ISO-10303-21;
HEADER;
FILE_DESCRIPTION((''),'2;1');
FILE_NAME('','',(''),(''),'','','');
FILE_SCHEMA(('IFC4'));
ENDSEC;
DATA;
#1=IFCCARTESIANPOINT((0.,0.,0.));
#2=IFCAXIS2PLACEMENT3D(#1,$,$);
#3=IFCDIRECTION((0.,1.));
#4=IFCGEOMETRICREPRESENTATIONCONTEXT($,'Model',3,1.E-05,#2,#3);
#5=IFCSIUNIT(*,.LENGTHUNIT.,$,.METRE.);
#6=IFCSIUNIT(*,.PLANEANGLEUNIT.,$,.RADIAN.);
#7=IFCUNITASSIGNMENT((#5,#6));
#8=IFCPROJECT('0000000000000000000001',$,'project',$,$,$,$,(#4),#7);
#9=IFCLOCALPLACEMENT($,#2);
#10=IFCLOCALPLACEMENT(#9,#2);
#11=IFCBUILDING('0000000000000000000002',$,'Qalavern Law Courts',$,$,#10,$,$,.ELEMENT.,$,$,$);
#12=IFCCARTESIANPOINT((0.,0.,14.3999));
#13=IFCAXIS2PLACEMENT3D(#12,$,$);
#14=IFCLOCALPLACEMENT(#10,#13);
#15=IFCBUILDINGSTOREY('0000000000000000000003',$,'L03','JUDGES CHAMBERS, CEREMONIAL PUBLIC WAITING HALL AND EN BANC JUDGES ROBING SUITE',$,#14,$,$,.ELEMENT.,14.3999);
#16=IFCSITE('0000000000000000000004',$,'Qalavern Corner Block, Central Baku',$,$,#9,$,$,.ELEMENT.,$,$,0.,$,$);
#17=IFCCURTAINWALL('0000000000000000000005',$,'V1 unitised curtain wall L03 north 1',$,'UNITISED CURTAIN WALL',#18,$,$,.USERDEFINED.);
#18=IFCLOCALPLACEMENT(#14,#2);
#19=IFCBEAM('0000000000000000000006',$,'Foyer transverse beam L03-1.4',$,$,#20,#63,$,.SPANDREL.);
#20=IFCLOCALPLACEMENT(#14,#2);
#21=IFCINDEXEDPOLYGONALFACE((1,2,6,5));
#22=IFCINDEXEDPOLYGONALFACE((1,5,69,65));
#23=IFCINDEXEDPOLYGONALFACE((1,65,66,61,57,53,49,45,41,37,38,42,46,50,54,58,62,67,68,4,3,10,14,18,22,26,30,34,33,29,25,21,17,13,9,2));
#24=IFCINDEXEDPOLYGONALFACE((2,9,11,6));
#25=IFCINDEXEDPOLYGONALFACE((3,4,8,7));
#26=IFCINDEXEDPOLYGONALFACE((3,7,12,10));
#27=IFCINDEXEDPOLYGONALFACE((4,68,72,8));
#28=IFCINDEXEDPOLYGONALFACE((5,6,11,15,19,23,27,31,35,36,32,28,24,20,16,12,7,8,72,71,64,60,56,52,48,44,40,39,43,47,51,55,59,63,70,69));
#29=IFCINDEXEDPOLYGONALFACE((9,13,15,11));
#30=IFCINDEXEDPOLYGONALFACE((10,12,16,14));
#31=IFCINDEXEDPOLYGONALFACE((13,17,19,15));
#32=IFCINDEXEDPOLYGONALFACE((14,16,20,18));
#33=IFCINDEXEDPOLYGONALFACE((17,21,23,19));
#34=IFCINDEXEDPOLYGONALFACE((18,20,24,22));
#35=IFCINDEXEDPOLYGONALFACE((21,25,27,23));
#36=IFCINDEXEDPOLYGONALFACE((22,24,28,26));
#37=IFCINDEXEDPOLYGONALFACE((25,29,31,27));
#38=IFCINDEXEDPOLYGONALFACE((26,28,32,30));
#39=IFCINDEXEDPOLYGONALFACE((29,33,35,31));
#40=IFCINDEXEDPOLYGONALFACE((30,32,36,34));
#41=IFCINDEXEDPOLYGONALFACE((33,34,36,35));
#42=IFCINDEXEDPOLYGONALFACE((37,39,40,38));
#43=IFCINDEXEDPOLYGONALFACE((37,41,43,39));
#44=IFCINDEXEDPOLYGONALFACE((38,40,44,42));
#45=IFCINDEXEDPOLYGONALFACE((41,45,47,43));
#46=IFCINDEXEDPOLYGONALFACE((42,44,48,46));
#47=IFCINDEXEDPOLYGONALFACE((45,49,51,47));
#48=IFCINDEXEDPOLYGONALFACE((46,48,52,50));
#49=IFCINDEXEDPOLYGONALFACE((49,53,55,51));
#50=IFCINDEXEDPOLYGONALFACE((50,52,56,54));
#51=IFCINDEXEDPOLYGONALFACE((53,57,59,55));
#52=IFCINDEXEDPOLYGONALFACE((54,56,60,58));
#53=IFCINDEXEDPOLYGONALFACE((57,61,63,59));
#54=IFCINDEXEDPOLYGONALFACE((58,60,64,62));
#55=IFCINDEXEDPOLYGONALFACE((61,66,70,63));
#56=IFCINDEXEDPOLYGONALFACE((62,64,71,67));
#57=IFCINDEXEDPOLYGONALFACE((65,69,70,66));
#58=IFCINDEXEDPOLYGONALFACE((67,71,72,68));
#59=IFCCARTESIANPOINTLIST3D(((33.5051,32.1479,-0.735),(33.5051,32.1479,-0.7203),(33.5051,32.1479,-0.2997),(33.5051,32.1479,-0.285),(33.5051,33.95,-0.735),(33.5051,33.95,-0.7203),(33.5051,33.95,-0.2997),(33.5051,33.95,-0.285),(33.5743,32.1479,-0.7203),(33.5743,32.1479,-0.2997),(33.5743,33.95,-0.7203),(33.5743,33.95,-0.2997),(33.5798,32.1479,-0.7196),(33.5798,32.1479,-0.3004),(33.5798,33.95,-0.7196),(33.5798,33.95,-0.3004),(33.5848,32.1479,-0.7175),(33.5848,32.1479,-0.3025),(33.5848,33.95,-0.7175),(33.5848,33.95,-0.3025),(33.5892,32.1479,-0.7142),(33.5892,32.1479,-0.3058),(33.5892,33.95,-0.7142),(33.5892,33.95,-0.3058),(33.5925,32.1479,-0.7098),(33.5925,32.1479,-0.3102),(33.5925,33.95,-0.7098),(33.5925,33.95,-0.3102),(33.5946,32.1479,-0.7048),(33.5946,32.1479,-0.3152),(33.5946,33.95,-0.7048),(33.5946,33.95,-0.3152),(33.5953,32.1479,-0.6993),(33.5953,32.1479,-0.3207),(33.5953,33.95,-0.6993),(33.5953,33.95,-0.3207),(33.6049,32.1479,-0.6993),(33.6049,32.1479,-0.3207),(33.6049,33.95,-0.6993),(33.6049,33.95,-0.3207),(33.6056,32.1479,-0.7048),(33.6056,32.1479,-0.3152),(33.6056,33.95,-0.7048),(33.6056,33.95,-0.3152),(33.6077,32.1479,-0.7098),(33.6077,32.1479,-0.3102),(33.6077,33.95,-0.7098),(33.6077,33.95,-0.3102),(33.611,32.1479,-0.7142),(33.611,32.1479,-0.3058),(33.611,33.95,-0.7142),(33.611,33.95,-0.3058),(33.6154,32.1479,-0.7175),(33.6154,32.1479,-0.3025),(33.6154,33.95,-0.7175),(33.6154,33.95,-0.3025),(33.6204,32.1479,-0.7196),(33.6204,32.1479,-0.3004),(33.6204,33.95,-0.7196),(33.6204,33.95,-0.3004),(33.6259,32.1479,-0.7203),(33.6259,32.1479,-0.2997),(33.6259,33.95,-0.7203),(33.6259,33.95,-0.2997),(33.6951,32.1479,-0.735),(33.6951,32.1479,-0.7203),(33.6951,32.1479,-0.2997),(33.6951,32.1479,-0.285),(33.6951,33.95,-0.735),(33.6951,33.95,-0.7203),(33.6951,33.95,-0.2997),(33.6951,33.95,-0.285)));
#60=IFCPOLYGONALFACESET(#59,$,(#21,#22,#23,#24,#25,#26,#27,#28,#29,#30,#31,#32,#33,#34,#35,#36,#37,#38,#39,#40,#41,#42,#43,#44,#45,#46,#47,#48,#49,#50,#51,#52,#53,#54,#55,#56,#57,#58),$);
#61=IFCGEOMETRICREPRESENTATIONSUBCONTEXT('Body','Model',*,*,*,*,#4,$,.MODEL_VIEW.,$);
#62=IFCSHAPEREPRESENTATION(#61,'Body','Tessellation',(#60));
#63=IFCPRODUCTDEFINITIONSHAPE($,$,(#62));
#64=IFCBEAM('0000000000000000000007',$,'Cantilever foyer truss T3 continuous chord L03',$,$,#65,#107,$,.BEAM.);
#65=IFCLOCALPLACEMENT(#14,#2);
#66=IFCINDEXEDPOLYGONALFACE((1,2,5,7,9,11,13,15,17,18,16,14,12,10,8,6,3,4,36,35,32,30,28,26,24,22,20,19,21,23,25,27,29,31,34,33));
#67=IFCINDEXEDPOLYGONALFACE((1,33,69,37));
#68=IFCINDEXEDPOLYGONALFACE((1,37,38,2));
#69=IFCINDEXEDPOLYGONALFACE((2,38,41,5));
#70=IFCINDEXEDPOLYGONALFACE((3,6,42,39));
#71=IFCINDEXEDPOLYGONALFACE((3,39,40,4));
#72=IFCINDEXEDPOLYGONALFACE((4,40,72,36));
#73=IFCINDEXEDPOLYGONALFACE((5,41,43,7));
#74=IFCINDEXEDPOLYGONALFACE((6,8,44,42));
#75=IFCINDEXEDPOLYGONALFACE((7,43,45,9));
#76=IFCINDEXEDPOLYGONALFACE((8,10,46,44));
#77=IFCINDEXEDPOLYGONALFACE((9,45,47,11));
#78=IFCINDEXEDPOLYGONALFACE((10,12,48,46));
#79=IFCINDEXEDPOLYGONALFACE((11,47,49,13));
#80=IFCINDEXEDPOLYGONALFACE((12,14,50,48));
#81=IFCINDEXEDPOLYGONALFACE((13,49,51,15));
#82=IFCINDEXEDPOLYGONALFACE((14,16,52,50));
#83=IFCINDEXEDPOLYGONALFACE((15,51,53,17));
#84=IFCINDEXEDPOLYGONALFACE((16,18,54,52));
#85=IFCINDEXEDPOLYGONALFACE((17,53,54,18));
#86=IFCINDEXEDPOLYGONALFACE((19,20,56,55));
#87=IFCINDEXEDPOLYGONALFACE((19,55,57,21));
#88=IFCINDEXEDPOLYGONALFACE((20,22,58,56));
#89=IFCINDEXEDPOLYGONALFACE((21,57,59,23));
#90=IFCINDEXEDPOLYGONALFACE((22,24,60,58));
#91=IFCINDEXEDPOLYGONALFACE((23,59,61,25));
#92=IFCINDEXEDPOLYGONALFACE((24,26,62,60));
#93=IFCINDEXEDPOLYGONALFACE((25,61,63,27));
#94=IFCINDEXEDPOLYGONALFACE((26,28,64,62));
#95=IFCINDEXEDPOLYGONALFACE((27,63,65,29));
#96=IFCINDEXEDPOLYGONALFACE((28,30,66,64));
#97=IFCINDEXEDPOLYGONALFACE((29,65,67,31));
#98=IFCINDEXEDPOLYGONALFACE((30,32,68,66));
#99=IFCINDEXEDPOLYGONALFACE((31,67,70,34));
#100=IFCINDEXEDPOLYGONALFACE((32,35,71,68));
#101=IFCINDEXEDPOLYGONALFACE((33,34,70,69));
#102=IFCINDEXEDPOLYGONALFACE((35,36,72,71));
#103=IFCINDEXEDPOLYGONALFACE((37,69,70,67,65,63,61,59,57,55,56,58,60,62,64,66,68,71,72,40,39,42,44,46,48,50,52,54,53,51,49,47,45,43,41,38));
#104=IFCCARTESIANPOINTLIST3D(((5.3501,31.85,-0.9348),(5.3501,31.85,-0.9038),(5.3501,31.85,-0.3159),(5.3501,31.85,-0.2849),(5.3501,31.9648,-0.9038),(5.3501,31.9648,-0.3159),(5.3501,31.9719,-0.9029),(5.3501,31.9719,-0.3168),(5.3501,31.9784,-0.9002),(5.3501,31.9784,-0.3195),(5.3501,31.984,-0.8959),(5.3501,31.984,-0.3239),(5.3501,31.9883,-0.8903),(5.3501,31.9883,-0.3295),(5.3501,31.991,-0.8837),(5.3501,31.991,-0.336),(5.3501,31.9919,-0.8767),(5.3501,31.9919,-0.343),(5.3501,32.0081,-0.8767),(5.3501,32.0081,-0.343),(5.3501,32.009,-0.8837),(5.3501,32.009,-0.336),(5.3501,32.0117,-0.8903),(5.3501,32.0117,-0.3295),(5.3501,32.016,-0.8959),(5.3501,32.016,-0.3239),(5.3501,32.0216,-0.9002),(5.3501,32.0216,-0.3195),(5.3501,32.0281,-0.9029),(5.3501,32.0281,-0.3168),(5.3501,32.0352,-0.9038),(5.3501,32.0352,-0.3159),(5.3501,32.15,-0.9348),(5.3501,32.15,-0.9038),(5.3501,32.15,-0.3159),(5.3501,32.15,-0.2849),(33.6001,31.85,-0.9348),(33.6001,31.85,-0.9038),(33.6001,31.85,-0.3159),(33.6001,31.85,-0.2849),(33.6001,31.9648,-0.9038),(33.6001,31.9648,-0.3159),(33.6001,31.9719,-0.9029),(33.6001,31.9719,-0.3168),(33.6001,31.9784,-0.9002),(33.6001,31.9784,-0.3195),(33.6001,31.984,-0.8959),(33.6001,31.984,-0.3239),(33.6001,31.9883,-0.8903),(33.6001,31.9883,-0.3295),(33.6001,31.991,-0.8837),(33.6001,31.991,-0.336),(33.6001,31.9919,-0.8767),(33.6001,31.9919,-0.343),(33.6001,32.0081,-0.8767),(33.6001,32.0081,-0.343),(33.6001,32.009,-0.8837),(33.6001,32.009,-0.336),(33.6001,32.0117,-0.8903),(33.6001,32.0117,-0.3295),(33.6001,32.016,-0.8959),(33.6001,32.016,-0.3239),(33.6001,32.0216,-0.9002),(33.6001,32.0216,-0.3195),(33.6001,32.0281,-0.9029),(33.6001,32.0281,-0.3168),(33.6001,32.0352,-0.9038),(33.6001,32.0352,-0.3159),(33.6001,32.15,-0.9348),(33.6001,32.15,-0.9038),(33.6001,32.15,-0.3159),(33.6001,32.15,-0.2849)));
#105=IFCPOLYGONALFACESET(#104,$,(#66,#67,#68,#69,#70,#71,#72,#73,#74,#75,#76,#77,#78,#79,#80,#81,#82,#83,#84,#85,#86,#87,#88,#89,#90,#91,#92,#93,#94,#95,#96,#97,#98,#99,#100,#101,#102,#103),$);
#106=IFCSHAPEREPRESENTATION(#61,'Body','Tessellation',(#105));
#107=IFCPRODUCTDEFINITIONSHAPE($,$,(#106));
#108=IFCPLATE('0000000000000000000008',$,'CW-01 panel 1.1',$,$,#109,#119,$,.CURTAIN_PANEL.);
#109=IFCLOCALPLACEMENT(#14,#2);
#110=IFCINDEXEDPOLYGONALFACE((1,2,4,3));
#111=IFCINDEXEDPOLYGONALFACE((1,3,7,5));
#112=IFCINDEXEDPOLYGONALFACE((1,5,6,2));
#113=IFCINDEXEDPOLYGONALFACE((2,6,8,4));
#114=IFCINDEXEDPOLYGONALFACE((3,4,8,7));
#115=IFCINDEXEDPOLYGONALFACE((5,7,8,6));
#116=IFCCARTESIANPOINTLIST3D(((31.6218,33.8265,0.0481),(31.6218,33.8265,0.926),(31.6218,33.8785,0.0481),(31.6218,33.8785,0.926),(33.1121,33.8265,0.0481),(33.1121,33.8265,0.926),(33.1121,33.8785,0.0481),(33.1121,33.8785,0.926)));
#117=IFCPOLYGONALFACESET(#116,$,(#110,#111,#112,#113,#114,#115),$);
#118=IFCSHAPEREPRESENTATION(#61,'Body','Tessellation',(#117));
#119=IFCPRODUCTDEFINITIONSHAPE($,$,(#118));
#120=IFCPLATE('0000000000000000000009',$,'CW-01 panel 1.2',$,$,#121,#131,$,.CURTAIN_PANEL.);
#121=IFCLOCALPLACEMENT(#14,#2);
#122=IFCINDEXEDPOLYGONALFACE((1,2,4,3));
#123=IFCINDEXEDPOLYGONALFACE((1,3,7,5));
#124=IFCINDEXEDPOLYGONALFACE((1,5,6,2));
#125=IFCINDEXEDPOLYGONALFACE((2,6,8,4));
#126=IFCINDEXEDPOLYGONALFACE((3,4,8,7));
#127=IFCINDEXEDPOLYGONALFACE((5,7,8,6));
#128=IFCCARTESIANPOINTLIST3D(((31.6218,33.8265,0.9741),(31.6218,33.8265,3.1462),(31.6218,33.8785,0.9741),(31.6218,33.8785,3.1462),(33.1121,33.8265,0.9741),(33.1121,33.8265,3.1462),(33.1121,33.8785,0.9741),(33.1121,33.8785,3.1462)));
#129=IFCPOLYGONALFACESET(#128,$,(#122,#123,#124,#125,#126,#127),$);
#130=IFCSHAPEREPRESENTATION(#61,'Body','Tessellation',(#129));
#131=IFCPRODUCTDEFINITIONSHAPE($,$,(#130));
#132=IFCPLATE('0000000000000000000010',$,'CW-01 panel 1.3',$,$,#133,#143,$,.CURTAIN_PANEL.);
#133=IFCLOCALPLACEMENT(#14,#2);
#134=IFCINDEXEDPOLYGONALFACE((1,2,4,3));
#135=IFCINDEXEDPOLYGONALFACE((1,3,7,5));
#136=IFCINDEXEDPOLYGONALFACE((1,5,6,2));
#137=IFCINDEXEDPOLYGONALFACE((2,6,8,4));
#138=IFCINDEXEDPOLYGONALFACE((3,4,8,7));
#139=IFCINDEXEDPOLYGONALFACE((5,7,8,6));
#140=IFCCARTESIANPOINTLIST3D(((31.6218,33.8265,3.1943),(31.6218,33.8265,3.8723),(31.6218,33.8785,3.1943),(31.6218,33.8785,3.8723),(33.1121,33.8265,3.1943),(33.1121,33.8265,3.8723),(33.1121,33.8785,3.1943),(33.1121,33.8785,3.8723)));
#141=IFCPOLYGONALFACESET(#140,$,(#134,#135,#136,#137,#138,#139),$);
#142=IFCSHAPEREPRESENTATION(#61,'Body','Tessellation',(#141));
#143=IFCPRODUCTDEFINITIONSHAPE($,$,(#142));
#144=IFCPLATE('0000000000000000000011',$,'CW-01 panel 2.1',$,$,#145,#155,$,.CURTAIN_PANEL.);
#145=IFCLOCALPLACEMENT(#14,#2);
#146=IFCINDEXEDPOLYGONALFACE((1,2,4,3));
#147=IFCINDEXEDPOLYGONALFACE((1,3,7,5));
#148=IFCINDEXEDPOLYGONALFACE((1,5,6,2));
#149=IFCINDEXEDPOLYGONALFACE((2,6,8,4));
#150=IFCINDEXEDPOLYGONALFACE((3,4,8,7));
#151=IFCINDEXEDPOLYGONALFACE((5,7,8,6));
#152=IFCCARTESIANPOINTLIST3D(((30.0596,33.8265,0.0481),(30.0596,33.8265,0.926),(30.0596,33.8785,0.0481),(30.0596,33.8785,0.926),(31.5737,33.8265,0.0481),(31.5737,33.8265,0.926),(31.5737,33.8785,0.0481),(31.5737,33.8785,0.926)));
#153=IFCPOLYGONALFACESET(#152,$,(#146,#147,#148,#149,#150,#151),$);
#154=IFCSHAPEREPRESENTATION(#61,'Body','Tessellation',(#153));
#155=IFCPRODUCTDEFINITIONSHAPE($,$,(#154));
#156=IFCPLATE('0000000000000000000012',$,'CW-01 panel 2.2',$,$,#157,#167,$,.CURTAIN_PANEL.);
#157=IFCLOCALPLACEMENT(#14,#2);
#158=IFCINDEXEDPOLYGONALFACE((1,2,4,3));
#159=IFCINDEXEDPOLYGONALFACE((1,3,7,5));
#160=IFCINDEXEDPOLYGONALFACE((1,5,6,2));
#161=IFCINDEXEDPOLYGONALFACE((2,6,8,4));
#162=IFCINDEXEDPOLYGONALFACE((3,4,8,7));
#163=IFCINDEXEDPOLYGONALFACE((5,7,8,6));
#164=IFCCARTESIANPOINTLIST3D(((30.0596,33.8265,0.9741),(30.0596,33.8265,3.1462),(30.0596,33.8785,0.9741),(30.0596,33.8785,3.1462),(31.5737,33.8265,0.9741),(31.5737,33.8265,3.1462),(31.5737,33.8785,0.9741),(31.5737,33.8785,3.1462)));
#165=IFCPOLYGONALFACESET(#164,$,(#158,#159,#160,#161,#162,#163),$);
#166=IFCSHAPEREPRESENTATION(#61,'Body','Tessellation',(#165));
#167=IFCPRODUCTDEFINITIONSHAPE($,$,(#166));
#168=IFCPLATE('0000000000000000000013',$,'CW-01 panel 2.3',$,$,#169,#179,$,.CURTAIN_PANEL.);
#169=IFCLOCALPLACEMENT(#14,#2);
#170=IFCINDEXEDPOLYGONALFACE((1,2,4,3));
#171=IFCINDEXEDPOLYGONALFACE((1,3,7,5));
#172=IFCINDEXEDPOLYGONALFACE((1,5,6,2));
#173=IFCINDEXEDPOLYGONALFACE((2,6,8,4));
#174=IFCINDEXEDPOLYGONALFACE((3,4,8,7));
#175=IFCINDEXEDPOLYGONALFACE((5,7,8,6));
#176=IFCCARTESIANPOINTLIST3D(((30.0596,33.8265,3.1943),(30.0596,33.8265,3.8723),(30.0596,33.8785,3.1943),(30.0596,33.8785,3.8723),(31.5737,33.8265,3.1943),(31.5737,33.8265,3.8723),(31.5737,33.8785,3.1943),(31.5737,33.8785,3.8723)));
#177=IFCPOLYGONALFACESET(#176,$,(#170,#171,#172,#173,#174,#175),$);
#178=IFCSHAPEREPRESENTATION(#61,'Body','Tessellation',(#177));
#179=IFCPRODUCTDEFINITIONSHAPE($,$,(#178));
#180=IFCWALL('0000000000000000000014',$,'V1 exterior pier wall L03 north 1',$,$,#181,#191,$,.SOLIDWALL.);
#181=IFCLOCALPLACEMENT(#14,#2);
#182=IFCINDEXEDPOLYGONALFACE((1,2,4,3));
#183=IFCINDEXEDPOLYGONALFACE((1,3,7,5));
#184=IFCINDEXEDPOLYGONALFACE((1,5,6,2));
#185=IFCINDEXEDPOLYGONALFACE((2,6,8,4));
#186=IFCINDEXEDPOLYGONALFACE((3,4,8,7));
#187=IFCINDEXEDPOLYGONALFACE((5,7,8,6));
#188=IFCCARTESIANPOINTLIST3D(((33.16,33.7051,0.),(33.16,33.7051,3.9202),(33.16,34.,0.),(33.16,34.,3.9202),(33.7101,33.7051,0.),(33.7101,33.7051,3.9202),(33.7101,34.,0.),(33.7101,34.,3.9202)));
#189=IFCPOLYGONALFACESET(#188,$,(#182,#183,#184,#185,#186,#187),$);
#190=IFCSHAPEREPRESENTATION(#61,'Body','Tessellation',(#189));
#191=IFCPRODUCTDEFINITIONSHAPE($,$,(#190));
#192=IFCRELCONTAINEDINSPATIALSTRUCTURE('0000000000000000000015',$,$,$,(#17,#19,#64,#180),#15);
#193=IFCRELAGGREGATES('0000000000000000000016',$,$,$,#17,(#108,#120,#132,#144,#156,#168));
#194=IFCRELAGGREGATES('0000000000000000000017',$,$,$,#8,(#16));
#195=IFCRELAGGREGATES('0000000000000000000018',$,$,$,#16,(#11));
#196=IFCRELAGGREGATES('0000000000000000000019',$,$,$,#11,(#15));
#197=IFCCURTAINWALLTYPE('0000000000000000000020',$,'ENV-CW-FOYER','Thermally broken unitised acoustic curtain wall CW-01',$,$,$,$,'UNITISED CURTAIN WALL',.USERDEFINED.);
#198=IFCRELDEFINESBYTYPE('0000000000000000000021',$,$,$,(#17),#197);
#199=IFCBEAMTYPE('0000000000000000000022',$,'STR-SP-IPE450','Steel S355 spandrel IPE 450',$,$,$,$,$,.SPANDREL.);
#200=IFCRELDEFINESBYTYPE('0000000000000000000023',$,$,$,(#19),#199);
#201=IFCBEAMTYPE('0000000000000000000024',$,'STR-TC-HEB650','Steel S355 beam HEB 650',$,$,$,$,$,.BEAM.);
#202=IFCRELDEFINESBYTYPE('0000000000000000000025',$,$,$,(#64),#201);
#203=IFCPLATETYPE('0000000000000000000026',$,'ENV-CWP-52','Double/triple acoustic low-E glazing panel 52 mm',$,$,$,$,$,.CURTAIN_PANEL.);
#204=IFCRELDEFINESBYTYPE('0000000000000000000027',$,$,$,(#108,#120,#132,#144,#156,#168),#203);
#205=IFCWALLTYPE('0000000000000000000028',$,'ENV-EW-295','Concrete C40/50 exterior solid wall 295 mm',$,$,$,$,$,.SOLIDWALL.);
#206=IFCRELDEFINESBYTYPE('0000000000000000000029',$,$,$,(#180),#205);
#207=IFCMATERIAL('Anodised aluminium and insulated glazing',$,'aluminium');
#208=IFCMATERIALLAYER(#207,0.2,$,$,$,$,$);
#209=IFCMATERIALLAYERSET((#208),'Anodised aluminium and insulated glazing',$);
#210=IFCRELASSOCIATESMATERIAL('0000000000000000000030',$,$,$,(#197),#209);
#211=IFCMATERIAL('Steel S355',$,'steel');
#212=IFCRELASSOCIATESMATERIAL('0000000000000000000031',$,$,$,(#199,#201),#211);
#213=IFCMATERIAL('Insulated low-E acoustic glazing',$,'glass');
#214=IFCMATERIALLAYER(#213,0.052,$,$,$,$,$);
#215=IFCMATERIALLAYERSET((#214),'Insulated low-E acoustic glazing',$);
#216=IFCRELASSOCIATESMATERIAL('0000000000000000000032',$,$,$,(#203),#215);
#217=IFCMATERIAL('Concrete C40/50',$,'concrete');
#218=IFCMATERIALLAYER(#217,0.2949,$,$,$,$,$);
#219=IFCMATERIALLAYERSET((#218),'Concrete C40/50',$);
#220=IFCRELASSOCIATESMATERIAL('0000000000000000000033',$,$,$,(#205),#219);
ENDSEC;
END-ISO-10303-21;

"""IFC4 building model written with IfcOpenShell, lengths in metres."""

from ifc_helpers import new_model, si_unit, direction, frame, frame_2d, origin, origin_2d, place, context, subcontext, project, spatial, rectangle, i_section, extrude, material, layer, layer_set, material_profile, profile_set, type_object, element, aggregate, save


model = new_model("IFC4")

# Units and contexts
model_context = context("Model", 3, precision=1e-05, world=origin(), true_north=direction((0.0, 1.0)))
body_context = subcontext(model_context, "Body", "Model", "MODEL_VIEW")
ifc_project = project(units=[si_unit("LENGTHUNIT", "METRE"), si_unit("PLANEANGLEUNIT", "RADIAN")], contexts=[model_context])

# Site, building, storey
site_placement = place(None, origin())
site = spatial("IfcSite", under=ifc_project, at=site_placement, Name="Qalavern Corner Block, Central Baku", CompositionType="ELEMENT", RefElevation=0.0)
building_placement = place(site_placement, origin())
building = spatial("IfcBuilding", under=site, at=building_placement, Name="Qalavern Law Courts", CompositionType="ELEMENT")
storey_placement = place(building_placement, frame((0.0, 0.0, 14.3999)))
storey = spatial("IfcBuildingStorey", under=building, at=storey_placement, Name="L03", Description="JUDGES CHAMBERS, CEREMONIAL PUBLIC WAITING HALL AND EN BANC JUDGES ROBING SUITE", CompositionType="ELEMENT", Elevation=14.3999)

# Curtain wall
ifc_material_1 = material(Name="Anodised aluminium and insulated glazing", Category="aluminium")
ifc_layer_1 = layer(ifc_material_1, 0.2)
ifc_layer_set_1 = layer_set([ifc_layer_1], Name="Anodised aluminium and insulated glazing")
curtain_wall_type = type_object("IfcCurtainWallType", Name="ENV-CW-FOYER", Description="Thermally broken unitised acoustic curtain wall CW-01", ElementType="UNITISED CURTAIN WALL", PredefinedType="USERDEFINED", material=ifc_layer_set_1)
curtain_wall_placement = place(storey_placement, origin())
curtain_wall = element("IfcCurtainWall", 1, at=curtain_wall_placement, inside=storey, type_object=curtain_wall_type, Name="V1 unitised curtain wall L03 north 1", ObjectType="UNITISED CURTAIN WALL", PredefinedType="USERDEFINED")

# Shared definitions
ifc_material_2 = material(Name="Steel S355", Category="steel")

# Beams
ifc_material_profile_1 = material_profile(ifc_material_2, i_section(OverallWidth=0.1899, OverallDepth=0.45, WebThickness=0.0095, FlangeThickness=0.0146, FilletRadius=0.021, at=origin_2d()), Name="IPE 450")
ifc_profile_set_1 = profile_set([ifc_material_profile_1], Name="Steel S355")
beam_type_1 = type_object("IfcBeamType", Name="STR-SP-IPE450", Description="Steel S355 spandrel IPE 450", PredefinedType="SPANDREL", material=ifc_profile_set_1)
beam_1_placement = place(storey_placement, frame((33.6001, 32.1479, -0.51), z_axis=(0.0, 1.0, 0.0), x_axis=(-1.0, 0.0, 0.0)))
element("IfcBeam", 2, at=beam_1_placement, inside=storey, type_object=beam_type_1, Name="Foyer transverse beam L03-1.4", PredefinedType="SPANDREL", context=body_context, shape_type="SweptSolid", body=[
    extrude(i_section(OverallWidth=0.1899, OverallDepth=0.45, WebThickness=0.0095, FlangeThickness=0.0146, FilletRadius=0.021, at=origin_2d()), origin(), (0.0, 0.0, 1.0), 1.802),
])
ifc_material_profile_2 = material_profile(ifc_material_2, i_section(OverallWidth=0.3, OverallDepth=0.6499, WebThickness=0.0161, FlangeThickness=0.031, FilletRadius=0.0271, at=origin_2d()), Name="HEB 650")
ifc_profile_set_2 = profile_set([ifc_material_profile_2], Name="Steel S355")
beam_type_2 = type_object("IfcBeamType", Name="STR-TC-HEB650", Description="Steel S355 beam HEB 650", PredefinedType="BEAM", material=ifc_profile_set_2)
beam_2_placement = place(storey_placement, frame((33.6001, 32.0, -0.6099), z_axis=(-1.0, 0.0, 0.0), x_axis=(0.0, -1.0, 0.0)))
element("IfcBeam", 3, at=beam_2_placement, inside=storey, type_object=beam_type_2, Name="Cantilever foyer truss T3 continuous chord L03", PredefinedType="BEAM", context=body_context, shape_type="SweptSolid", body=[
    extrude(i_section(OverallWidth=0.3, OverallDepth=0.6499, WebThickness=0.0161, FlangeThickness=0.031, FilletRadius=0.0271, at=origin_2d()), origin(), (0.0, 0.0, 1.0), 28.25),
])

# Plates
ifc_material_3 = material(Name="Insulated low-E acoustic glazing", Category="glass")
ifc_layer_2 = layer(ifc_material_3, 0.052)
ifc_layer_set_2 = layer_set([ifc_layer_2], Name="Insulated low-E acoustic glazing")
plate_type = type_object("IfcPlateType", Name="ENV-CWP-52", Description="Double/triple acoustic low-E glazing panel 52 mm", PredefinedType="CURTAIN_PANEL", material=ifc_layer_set_2)
plate_1_placement = place(storey_placement, frame((32.3669, 33.8525, 0.0481), z_axis=(0.0, 0.0, 1.0), x_axis=(-1.0, 0.0, 0.0)))
plate_1 = element("IfcPlate", 4, at=plate_1_placement, type_object=plate_type, Name="CW-01 panel 1.1", PredefinedType="CURTAIN_PANEL", context=body_context, shape_type="SweptSolid", body=[
    extrude(rectangle(XDim=1.4902, YDim=0.052, at=origin_2d()), origin(), (0.0, 0.0, 1.0), 0.8779),
])
plate_2_placement = place(storey_placement, frame((32.3669, 33.8525, 0.9741), z_axis=(0.0, 0.0, 1.0), x_axis=(-1.0, 0.0, 0.0)))
plate_2 = element("IfcPlate", 5, at=plate_2_placement, type_object=plate_type, Name="CW-01 panel 1.2", PredefinedType="CURTAIN_PANEL", context=body_context, shape_type="SweptSolid", body=[
    extrude(rectangle(XDim=1.4902, YDim=0.052, at=origin_2d()), origin(), (0.0, 0.0, 1.0), 2.1721),
])
plate_3_placement = place(storey_placement, frame((32.3669, 33.8525, 3.1943), z_axis=(0.0, 0.0, 1.0), x_axis=(-1.0, 0.0, 0.0)))
plate_3 = element("IfcPlate", 6, at=plate_3_placement, type_object=plate_type, Name="CW-01 panel 1.3", PredefinedType="CURTAIN_PANEL", context=body_context, shape_type="SweptSolid", body=[
    extrude(rectangle(XDim=1.4902, YDim=0.052, at=origin_2d()), origin(), (0.0, 0.0, 1.0), 0.678),
])
plate_4_placement = place(storey_placement, frame((30.8167, 33.8525, 0.0481), z_axis=(0.0, 0.0, 1.0), x_axis=(-1.0, 0.0, 0.0)))
plate_4 = element("IfcPlate", 7, at=plate_4_placement, type_object=plate_type, Name="CW-01 panel 2.1", PredefinedType="CURTAIN_PANEL", context=body_context, shape_type="SweptSolid", body=[
    extrude(rectangle(XDim=1.5142, YDim=0.052, at=origin_2d()), origin(), (0.0, 0.0, 1.0), 0.8779),
])
plate_5_placement = place(storey_placement, frame((30.8167, 33.8525, 0.9741), z_axis=(0.0, 0.0, 1.0), x_axis=(-1.0, 0.0, 0.0)))
plate_5 = element("IfcPlate", 8, at=plate_5_placement, type_object=plate_type, Name="CW-01 panel 2.2", PredefinedType="CURTAIN_PANEL", context=body_context, shape_type="SweptSolid", body=[
    extrude(rectangle(XDim=1.5142, YDim=0.052, at=origin_2d()), origin(), (0.0, 0.0, 1.0), 2.1721),
])
plate_6_placement = place(storey_placement, frame((30.8167, 33.8525, 3.1943), z_axis=(0.0, 0.0, 1.0), x_axis=(-1.0, 0.0, 0.0)))
plate_6 = element("IfcPlate", 9, at=plate_6_placement, type_object=plate_type, Name="CW-01 panel 2.3", PredefinedType="CURTAIN_PANEL", context=body_context, shape_type="SweptSolid", body=[
    extrude(rectangle(XDim=1.5142, YDim=0.052, at=origin_2d()), origin(), (0.0, 0.0, 1.0), 0.678),
])
aggregate(curtain_wall, [plate_1, plate_2, plate_3, plate_4, plate_5, plate_6])

# Wall
ifc_material_4 = material(Name="Concrete C40/50", Category="concrete")
ifc_layer_3 = layer(ifc_material_4, 0.2949)
ifc_layer_set_3 = layer_set([ifc_layer_3], Name="Concrete C40/50")
wall_type = type_object("IfcWallType", Name="ENV-EW-295", Description="Concrete C40/50 exterior solid wall 295 mm", PredefinedType="SOLIDWALL", material=ifc_layer_set_3)
wall_1_placement = place(storey_placement, frame((33.71, 33.8525, 0.0), z_axis=(0.0, 0.0, 1.0), x_axis=(-1.0, 0.0, 0.0)))
element("IfcWall", 10, at=wall_1_placement, inside=storey, type_object=wall_type, Name="V1 exterior pier wall L03 north 1", PredefinedType="SOLIDWALL", context=body_context, shape_type="SweptSolid", body=[
    extrude(rectangle(XDim=0.55, YDim=0.2949, at=frame_2d((0.2749, 0.0))), origin(), (0.0, 0.0, 1.0), 3.9202),
])

save(model, "model.ifc")
